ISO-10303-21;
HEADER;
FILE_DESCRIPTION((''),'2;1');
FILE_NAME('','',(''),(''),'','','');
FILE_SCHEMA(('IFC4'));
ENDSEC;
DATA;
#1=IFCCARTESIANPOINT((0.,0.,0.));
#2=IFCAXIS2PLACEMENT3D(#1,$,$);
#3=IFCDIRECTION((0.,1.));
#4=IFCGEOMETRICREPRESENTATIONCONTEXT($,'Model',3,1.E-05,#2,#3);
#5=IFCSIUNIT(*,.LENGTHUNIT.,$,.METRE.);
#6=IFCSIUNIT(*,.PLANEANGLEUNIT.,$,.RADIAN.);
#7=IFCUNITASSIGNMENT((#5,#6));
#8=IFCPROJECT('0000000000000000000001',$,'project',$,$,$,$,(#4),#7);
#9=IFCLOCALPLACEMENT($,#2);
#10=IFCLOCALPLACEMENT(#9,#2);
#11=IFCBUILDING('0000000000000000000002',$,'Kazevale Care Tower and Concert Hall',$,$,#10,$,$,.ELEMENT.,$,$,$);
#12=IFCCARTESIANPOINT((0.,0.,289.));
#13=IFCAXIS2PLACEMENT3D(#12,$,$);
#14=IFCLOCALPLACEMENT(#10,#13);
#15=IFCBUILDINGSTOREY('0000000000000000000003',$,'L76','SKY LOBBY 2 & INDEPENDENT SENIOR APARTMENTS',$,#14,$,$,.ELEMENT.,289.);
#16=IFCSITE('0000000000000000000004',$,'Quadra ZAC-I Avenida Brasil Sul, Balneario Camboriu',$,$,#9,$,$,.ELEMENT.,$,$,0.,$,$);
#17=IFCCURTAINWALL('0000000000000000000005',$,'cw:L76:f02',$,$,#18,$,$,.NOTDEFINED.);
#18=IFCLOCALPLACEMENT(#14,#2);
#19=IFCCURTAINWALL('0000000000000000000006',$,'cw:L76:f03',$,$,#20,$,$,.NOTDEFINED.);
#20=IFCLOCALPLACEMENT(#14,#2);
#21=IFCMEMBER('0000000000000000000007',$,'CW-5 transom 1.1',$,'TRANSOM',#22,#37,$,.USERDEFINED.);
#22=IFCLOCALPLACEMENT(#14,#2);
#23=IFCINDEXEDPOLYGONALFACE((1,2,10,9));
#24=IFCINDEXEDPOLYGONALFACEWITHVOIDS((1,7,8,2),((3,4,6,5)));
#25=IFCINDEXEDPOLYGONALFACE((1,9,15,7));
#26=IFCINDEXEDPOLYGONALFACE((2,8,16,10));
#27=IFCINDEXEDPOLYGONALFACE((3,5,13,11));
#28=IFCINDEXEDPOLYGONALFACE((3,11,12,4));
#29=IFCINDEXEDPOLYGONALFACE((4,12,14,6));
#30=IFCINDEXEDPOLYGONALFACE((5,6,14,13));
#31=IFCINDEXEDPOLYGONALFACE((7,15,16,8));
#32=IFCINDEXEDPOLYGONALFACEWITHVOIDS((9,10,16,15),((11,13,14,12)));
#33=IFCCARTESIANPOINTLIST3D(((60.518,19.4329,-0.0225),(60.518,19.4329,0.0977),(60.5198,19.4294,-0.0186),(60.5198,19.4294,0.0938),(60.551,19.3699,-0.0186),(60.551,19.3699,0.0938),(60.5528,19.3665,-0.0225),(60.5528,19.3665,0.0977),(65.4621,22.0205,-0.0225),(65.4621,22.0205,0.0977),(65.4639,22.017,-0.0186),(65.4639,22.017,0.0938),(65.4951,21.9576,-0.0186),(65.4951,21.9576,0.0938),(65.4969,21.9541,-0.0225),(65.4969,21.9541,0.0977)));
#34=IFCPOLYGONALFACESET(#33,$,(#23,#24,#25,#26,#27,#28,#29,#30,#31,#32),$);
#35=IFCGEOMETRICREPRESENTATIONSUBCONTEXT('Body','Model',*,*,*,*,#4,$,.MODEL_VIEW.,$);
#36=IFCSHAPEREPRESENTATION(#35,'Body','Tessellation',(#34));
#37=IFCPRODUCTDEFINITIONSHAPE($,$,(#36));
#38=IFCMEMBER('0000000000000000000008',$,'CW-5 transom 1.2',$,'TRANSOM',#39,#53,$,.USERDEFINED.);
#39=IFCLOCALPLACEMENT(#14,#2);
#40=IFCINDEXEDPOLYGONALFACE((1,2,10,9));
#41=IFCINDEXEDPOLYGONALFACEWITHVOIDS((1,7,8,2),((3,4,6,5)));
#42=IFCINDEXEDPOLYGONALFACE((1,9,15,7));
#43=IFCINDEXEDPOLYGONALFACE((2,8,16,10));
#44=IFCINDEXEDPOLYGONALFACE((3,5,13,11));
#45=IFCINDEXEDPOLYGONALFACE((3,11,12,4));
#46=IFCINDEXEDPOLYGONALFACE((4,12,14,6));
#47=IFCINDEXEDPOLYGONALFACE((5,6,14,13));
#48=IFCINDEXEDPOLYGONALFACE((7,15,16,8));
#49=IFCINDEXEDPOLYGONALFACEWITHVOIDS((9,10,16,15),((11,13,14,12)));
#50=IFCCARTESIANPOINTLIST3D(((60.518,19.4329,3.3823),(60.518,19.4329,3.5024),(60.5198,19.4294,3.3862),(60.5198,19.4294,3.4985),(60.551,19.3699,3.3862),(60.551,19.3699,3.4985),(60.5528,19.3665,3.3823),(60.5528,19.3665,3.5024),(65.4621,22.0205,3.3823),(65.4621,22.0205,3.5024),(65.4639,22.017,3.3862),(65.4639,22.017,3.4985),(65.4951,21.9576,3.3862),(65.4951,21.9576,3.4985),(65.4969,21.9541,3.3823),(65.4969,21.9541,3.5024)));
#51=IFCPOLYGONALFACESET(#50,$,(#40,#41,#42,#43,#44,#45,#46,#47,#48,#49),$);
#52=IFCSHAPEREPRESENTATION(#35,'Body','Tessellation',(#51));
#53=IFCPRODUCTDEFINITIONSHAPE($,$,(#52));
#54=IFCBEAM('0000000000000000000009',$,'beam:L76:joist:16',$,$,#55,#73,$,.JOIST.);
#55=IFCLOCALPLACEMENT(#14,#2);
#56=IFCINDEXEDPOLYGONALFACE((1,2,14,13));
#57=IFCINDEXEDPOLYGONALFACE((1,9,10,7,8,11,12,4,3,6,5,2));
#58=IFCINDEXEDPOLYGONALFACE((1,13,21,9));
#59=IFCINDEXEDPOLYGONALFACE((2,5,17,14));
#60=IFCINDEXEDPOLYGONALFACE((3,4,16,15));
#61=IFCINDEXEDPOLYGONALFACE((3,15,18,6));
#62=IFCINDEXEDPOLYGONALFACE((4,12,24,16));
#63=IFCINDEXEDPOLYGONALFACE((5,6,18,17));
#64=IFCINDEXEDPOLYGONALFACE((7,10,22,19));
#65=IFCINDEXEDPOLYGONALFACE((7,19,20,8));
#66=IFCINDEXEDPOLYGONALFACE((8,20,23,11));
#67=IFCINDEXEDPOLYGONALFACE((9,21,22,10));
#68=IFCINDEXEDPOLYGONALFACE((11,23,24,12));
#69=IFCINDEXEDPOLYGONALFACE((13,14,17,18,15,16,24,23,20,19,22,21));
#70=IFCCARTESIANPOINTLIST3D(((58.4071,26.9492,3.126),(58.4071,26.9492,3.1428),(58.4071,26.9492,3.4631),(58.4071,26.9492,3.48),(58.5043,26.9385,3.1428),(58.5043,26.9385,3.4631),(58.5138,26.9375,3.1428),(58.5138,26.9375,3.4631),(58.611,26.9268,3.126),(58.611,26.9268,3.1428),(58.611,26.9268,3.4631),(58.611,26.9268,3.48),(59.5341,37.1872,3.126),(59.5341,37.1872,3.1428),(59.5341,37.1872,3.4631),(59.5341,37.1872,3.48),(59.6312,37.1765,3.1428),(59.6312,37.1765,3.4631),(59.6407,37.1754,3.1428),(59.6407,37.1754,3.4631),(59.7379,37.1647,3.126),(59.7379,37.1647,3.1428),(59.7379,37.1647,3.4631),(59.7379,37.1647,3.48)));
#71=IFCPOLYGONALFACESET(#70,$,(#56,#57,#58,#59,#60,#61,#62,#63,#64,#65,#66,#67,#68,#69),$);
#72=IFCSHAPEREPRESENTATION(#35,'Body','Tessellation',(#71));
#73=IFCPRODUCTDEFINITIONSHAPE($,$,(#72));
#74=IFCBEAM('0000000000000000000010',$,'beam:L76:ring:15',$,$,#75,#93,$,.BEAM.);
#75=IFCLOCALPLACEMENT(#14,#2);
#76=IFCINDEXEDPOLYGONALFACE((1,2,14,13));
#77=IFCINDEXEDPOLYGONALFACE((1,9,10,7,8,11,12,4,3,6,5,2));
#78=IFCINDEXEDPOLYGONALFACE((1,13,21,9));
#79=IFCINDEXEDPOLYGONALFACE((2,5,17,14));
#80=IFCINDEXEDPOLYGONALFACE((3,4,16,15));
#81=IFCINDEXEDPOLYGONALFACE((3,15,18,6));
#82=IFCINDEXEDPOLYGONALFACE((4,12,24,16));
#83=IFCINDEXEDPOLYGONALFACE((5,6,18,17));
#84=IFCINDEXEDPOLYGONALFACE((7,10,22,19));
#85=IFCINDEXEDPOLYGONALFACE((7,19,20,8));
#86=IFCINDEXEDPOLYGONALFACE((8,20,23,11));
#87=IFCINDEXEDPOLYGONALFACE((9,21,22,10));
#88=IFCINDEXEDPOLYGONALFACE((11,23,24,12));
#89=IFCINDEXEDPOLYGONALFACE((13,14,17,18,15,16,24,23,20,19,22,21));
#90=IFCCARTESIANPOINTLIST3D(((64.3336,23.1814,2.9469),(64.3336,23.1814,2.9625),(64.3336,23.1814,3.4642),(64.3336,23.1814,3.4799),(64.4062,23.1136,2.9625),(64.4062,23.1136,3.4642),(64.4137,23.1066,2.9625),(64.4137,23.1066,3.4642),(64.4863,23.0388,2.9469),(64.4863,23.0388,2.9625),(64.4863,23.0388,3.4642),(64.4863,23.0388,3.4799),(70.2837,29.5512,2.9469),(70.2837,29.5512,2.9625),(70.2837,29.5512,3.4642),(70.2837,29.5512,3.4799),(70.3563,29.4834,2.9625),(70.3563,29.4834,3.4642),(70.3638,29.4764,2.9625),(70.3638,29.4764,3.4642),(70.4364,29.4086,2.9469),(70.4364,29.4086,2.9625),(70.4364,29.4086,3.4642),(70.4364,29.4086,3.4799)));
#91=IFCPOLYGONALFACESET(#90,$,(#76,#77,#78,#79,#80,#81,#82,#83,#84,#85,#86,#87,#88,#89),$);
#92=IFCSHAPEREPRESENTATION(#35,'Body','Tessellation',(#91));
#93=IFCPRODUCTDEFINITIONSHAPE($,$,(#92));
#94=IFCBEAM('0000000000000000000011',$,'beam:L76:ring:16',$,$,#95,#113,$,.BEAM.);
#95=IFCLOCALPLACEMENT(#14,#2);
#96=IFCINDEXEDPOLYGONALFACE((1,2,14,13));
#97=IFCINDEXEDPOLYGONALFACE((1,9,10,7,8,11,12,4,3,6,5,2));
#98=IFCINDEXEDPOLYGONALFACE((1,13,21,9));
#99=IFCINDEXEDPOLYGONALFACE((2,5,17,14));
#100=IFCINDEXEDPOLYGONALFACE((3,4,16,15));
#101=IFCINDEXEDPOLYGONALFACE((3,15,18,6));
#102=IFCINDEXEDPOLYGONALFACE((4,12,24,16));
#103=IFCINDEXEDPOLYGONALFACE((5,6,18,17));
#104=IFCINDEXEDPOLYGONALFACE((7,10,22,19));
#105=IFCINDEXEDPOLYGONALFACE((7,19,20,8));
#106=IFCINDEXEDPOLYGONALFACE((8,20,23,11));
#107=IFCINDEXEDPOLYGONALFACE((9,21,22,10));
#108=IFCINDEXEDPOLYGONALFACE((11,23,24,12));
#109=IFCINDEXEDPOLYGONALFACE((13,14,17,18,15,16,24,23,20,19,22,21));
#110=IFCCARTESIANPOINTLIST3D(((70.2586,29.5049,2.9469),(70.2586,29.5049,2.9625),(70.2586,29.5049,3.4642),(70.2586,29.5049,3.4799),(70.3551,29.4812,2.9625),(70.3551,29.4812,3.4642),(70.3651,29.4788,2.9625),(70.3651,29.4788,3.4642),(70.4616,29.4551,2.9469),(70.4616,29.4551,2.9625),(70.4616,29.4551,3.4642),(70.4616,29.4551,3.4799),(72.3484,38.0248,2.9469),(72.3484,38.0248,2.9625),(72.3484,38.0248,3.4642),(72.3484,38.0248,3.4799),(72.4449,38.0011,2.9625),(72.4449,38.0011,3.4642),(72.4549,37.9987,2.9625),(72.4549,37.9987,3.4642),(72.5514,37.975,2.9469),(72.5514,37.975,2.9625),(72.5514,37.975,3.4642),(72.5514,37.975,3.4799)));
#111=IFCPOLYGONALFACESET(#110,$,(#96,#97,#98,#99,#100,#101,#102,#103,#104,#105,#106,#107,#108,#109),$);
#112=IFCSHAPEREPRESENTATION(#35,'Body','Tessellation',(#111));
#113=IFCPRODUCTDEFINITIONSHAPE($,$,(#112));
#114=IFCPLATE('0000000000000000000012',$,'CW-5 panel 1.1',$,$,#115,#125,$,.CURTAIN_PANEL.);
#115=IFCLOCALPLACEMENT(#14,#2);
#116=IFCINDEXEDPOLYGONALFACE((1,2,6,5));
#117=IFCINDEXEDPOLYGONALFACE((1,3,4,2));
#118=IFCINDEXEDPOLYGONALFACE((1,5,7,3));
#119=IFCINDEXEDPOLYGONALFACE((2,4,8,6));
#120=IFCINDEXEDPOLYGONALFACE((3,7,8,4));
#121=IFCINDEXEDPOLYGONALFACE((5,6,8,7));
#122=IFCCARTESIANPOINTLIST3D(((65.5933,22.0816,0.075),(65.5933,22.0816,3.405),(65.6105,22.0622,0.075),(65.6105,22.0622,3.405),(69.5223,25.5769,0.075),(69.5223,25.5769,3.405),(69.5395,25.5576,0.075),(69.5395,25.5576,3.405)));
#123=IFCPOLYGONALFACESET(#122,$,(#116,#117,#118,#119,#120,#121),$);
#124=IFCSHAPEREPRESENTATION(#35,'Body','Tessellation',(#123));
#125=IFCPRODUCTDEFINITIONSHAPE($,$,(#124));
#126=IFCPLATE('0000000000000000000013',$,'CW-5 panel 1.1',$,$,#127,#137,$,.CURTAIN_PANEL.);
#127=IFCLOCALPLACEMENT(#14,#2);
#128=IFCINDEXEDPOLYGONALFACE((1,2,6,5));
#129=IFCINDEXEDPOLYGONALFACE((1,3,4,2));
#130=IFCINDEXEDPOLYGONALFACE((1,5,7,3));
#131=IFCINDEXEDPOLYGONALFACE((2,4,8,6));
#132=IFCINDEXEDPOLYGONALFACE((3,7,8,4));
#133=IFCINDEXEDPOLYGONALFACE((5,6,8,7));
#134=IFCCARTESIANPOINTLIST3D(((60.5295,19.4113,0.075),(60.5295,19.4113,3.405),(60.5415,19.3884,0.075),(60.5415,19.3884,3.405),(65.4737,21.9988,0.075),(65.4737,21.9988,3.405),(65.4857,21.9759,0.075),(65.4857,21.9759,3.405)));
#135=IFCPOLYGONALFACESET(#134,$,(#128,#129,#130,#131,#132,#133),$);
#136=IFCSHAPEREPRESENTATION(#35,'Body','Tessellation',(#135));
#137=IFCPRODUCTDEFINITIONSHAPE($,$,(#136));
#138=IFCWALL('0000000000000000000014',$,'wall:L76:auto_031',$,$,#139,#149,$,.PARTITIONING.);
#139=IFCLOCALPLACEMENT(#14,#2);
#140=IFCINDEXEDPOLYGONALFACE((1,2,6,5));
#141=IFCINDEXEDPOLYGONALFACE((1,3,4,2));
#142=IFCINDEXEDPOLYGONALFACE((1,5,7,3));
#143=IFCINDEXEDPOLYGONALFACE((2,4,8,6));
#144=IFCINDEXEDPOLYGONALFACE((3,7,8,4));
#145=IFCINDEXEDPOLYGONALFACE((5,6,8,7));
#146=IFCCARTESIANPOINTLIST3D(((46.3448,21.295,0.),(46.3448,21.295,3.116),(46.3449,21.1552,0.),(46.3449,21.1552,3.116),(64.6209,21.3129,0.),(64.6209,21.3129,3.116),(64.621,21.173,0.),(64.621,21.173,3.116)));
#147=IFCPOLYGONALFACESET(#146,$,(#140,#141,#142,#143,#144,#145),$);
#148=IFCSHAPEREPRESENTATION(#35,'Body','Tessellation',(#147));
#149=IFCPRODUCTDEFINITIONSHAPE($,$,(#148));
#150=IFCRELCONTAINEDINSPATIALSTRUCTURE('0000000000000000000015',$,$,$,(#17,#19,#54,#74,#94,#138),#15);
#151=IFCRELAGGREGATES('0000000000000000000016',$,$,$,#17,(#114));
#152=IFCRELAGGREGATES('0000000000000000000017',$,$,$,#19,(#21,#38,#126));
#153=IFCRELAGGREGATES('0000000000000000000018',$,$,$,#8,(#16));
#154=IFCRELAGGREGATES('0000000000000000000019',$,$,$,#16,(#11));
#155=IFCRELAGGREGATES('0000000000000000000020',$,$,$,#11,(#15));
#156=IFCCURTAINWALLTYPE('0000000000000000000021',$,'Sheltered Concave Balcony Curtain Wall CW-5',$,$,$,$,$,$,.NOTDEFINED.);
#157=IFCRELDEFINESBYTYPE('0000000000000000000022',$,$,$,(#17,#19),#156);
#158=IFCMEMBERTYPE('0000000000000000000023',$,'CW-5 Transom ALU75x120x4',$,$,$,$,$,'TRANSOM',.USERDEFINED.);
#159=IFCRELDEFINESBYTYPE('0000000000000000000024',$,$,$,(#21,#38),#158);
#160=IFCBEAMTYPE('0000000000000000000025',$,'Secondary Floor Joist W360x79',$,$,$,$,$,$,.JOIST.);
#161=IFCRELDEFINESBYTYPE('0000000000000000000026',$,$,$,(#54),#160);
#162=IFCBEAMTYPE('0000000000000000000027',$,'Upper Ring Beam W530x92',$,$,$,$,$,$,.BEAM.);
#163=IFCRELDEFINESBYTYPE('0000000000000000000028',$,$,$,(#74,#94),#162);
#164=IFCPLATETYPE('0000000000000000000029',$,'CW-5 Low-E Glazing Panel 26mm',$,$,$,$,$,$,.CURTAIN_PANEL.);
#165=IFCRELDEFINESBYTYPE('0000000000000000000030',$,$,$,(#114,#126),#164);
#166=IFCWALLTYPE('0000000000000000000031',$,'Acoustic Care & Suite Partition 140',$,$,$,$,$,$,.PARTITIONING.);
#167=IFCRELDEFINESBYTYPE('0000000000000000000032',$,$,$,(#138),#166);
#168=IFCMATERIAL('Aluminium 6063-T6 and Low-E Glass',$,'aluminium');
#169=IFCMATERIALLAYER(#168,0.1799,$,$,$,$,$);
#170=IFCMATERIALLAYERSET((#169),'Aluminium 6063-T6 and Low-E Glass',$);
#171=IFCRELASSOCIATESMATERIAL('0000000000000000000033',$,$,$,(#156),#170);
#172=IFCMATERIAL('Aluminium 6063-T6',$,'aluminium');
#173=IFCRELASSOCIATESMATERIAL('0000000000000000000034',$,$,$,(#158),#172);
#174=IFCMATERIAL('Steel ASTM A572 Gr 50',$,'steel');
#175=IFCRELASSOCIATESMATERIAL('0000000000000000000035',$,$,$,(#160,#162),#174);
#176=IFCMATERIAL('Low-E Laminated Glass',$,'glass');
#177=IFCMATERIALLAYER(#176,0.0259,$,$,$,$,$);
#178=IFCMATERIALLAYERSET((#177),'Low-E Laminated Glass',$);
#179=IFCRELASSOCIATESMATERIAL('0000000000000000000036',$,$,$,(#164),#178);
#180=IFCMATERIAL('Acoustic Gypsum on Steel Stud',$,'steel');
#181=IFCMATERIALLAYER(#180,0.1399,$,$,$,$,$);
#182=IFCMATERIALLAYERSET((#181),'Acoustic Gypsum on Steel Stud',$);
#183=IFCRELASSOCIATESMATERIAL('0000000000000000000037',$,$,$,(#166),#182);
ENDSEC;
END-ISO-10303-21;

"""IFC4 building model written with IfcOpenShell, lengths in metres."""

from ifc_helpers import new_model, si_unit, direction, frame, frame_2d, origin, origin_2d, place, context, subcontext, project, spatial, rectangle, hollow_rectangle, i_section, extrude, material, layer, layer_set, material_profile, profile_set, type_object, element, aggregate, save


model = new_model("IFC4")

# Units and contexts
model_context = context("Model", 3, precision=1e-05, world=origin(), true_north=direction((0.0, 1.0)))
body_context = subcontext(model_context, "Body", "Model", "MODEL_VIEW")
ifc_project = project(units=[si_unit("LENGTHUNIT", "METRE"), si_unit("PLANEANGLEUNIT", "RADIAN")], contexts=[model_context])

# Site, building, storey
site_placement = place(None, origin())
site = spatial("IfcSite", under=ifc_project, at=site_placement, Name="Quadra ZAC-I Avenida Brasil Sul, Balneario Camboriu", CompositionType="ELEMENT", RefElevation=0.0)
building_placement = place(site_placement, origin())
building = spatial("IfcBuilding", under=site, at=building_placement, Name="Kazevale Care Tower and Concert Hall", CompositionType="ELEMENT")
storey_placement = place(building_placement, frame((0.0, 0.0, 289.0)))
storey = spatial("IfcBuildingStorey", under=building, at=storey_placement, Name="L76", Description="SKY LOBBY 2 & INDEPENDENT SENIOR APARTMENTS", CompositionType="ELEMENT", Elevation=289.0)

# Curtain walls
ifc_material_1 = material(Name="Aluminium 6063-T6 and Low-E Glass", Category="aluminium")
ifc_layer_1 = layer(ifc_material_1, 0.1799)
ifc_layer_set_1 = layer_set([ifc_layer_1], Name="Aluminium 6063-T6 and Low-E Glass")
curtain_wall_type = type_object("IfcCurtainWallType", Name="Sheltered Concave Balcony Curtain Wall CW-5", PredefinedType="NOTDEFINED", material=ifc_layer_set_1)
curtain_wall_1_placement = place(storey_placement, origin())
curtain_wall_1 = element("IfcCurtainWall", 1, at=curtain_wall_1_placement, inside=storey, type_object=curtain_wall_type, Name="cw:L76:f02", PredefinedType="NOTDEFINED")
ifc_material_2 = material(Name="Aluminium 6063-T6", Category="aluminium")
curtain_wall_2_placement = place(storey_placement, origin())
curtain_wall_2 = element("IfcCurtainWall", 2, at=curtain_wall_2_placement, inside=storey, type_object=curtain_wall_type, Name="cw:L76:f03", PredefinedType="NOTDEFINED")

# Members
ifc_material_profile_1 = material_profile(ifc_material_2, hollow_rectangle(XDim=0.075, YDim=0.1201, WallThickness=0.0039, at=origin_2d()), Name="ALU75x120x4")
ifc_profile_set_1 = profile_set([ifc_material_profile_1], Name="Aluminium 6063-T6")
member_type_1 = type_object("IfcMemberType", Name="CW-5 Transom ALU75x120x4", ElementType="TRANSOM", PredefinedType="USERDEFINED", material=ifc_profile_set_1)
member_1_placement = place(storey_placement, frame((65.4795, 21.9873, 0.0376), z_axis=(-0.885987, -0.463709, 0.0), x_axis=(0.463709, -0.885987, 0.0)))
member_1 = element("IfcMember", 3, at=member_1_placement, type_object=member_type_1, Name="CW-5 transom 1.1", ObjectType="TRANSOM", PredefinedType="USERDEFINED", context=body_context, shape_type="SweptSolid", body=[
    extrude(hollow_rectangle(XDim=0.075, YDim=0.1201, WallThickness=0.0039, at=origin_2d()), origin(), (0.0, 0.0, 1.0), 5.5803),
])
member_2_placement = place(storey_placement, frame((65.4795, 21.9873, 3.4424), z_axis=(-0.885987, -0.463709, 0.0), x_axis=(0.463709, -0.885987, 0.0)))
member_2 = element("IfcMember", 4, at=member_2_placement, type_object=member_type_1, Name="CW-5 transom 1.2", ObjectType="TRANSOM", PredefinedType="USERDEFINED", context=body_context, shape_type="SweptSolid", body=[
    extrude(hollow_rectangle(XDim=0.075, YDim=0.1201, WallThickness=0.0039, at=origin_2d()), origin(), (0.0, 0.0, 1.0), 5.5803),
])

# Beams
ifc_material_3 = material(Name="Steel ASTM A572 Gr 50", Category="steel")
ifc_material_profile_2 = material_profile(ifc_material_3, i_section(OverallWidth=0.2051, OverallDepth=0.354, WebThickness=0.0095, FlangeThickness=0.0168, at=origin_2d()), Name="W360x79")
ifc_profile_set_2 = profile_set([ifc_material_profile_2], Name="Steel ASTM A572 Gr 50")
beam_type_1 = type_object("IfcBeamType", Name="Secondary Floor Joist W360x79", PredefinedType="JOIST", material=ifc_profile_set_2)
beam_1_placement = place(storey_placement, frame((58.509, 26.938, 3.303), z_axis=(0.109414, 0.993996, 0.0), x_axis=(-0.993996, 0.109414, 0.0)))
element("IfcBeam", 5, at=beam_1_placement, inside=storey, type_object=beam_type_1, Name="beam:L76:joist:16", PredefinedType="JOIST", context=body_context, shape_type="SweptSolid", body=[
    extrude(i_section(OverallWidth=0.2051, OverallDepth=0.354, WebThickness=0.0095, FlangeThickness=0.0168, at=origin_2d()), origin(), (0.0, 0.0, 1.0), 10.2998),
])
ifc_material_profile_3 = material_profile(ifc_material_3, i_section(OverallWidth=0.209, OverallDepth=0.533, WebThickness=0.0103, FlangeThickness=0.0156, at=origin_2d()), Name="W530x92")
ifc_profile_set_3 = profile_set([ifc_material_profile_3], Name="Steel ASTM A572 Gr 50")
beam_type_2 = type_object("IfcBeamType", Name="Upper Ring Beam W530x92", PredefinedType="BEAM", material=ifc_profile_set_3)
beam_2_placement = place(storey_placement, frame((64.4099, 23.1101, 3.2134), z_axis=(0.682624, 0.73077, 0.0), x_axis=(-0.73077, 0.682624, 0.0)))
element("IfcBeam", 6, at=beam_2_placement, inside=storey, type_object=beam_type_2, Name="beam:L76:ring:15", PredefinedType="BEAM", context=body_context, shape_type="SweptSolid", body=[
    extrude(i_section(OverallWidth=0.209, OverallDepth=0.533, WebThickness=0.0103, FlangeThickness=0.0156, at=origin_2d()), origin(), (0.0, 0.0, 1.0), 8.7166),
])
beam_3_placement = place(storey_placement, frame((70.3601, 29.48, 3.2134), z_axis=(0.238224, 0.97121, 0.0), x_axis=(-0.97121, 0.238224, 0.0)))
element("IfcBeam", 7, at=beam_3_placement, inside=storey, type_object=beam_type_2, Name="beam:L76:ring:16", PredefinedType="BEAM", context=body_context, shape_type="SweptSolid", body=[
    extrude(i_section(OverallWidth=0.209, OverallDepth=0.533, WebThickness=0.0103, FlangeThickness=0.0156, at=origin_2d()), origin(), (0.0, 0.0, 1.0), 8.7725),
])

# Plates
ifc_material_4 = material(Name="Low-E Laminated Glass", Category="glass")
ifc_layer_2 = layer(ifc_material_4, 0.0259)
ifc_layer_set_2 = layer_set([ifc_layer_2], Name="Low-E Laminated Glass")
plate_type = type_object("IfcPlateType", Name="CW-5 Low-E Glazing Panel 26mm", PredefinedType="CURTAIN_PANEL", material=ifc_layer_set_2)
plate_1_placement = place(storey_placement, frame((67.5664, 23.8196, 0.075), z_axis=(0.0, 0.0, 1.0), x_axis=(-0.747134, -0.664674, 0.0)))
plate_1 = element("IfcPlate", 8, at=plate_1_placement, type_object=plate_type, Name="CW-5 panel 1.1", PredefinedType="CURTAIN_PANEL", context=body_context, shape_type="SweptSolid", body=[
    extrude(rectangle(XDim=5.2588, YDim=0.0259, at=origin_2d()), origin(), (0.0, 0.0, 1.0), 3.3301),
])
aggregate(curtain_wall_1, [plate_1])
plate_2_placement = place(storey_placement, frame((63.0076, 20.6936, 0.075), z_axis=(0.0, 0.0, 1.0), x_axis=(-0.886002, -0.463681, 0.0)))
plate_2 = element("IfcPlate", 9, at=plate_2_placement, type_object=plate_type, Name="CW-5 panel 1.1", PredefinedType="CURTAIN_PANEL", context=body_context, shape_type="SweptSolid", body=[
    extrude(rectangle(XDim=5.5803, YDim=0.0259, at=origin_2d()), origin(), (0.0, 0.0, 1.0), 3.3301),
])
aggregate(curtain_wall_2, [member_1, member_2, plate_2])

# Wall
ifc_material_5 = material(Name="Acoustic Gypsum on Steel Stud", Category="steel")
ifc_layer_3 = layer(ifc_material_5, 0.1399)
ifc_layer_set_3 = layer_set([ifc_layer_3], Name="Acoustic Gypsum on Steel Stud")
wall_type_1 = type_object("IfcWallType", Name="Acoustic Care & Suite Partition 140", PredefinedType="PARTITIONING", material=ifc_layer_set_3)
wall_1_placement = place(storey_placement, frame((64.6211, 21.2429, 0.0), z_axis=(0.0, 0.0, 1.0), x_axis=(-1.0, -0.000975, 0.0)))
element("IfcWall", 10, at=wall_1_placement, inside=storey, type_object=wall_type_1, Name="wall:L76:auto_031", PredefinedType="PARTITIONING", context=body_context, shape_type="SweptSolid", body=[
    extrude(rectangle(XDim=18.2761, YDim=0.1399, at=frame_2d((9.1382, 0.0))), origin(), (0.0, 0.0, 1.0), 3.116),
])

save(model, "model.ifc")
